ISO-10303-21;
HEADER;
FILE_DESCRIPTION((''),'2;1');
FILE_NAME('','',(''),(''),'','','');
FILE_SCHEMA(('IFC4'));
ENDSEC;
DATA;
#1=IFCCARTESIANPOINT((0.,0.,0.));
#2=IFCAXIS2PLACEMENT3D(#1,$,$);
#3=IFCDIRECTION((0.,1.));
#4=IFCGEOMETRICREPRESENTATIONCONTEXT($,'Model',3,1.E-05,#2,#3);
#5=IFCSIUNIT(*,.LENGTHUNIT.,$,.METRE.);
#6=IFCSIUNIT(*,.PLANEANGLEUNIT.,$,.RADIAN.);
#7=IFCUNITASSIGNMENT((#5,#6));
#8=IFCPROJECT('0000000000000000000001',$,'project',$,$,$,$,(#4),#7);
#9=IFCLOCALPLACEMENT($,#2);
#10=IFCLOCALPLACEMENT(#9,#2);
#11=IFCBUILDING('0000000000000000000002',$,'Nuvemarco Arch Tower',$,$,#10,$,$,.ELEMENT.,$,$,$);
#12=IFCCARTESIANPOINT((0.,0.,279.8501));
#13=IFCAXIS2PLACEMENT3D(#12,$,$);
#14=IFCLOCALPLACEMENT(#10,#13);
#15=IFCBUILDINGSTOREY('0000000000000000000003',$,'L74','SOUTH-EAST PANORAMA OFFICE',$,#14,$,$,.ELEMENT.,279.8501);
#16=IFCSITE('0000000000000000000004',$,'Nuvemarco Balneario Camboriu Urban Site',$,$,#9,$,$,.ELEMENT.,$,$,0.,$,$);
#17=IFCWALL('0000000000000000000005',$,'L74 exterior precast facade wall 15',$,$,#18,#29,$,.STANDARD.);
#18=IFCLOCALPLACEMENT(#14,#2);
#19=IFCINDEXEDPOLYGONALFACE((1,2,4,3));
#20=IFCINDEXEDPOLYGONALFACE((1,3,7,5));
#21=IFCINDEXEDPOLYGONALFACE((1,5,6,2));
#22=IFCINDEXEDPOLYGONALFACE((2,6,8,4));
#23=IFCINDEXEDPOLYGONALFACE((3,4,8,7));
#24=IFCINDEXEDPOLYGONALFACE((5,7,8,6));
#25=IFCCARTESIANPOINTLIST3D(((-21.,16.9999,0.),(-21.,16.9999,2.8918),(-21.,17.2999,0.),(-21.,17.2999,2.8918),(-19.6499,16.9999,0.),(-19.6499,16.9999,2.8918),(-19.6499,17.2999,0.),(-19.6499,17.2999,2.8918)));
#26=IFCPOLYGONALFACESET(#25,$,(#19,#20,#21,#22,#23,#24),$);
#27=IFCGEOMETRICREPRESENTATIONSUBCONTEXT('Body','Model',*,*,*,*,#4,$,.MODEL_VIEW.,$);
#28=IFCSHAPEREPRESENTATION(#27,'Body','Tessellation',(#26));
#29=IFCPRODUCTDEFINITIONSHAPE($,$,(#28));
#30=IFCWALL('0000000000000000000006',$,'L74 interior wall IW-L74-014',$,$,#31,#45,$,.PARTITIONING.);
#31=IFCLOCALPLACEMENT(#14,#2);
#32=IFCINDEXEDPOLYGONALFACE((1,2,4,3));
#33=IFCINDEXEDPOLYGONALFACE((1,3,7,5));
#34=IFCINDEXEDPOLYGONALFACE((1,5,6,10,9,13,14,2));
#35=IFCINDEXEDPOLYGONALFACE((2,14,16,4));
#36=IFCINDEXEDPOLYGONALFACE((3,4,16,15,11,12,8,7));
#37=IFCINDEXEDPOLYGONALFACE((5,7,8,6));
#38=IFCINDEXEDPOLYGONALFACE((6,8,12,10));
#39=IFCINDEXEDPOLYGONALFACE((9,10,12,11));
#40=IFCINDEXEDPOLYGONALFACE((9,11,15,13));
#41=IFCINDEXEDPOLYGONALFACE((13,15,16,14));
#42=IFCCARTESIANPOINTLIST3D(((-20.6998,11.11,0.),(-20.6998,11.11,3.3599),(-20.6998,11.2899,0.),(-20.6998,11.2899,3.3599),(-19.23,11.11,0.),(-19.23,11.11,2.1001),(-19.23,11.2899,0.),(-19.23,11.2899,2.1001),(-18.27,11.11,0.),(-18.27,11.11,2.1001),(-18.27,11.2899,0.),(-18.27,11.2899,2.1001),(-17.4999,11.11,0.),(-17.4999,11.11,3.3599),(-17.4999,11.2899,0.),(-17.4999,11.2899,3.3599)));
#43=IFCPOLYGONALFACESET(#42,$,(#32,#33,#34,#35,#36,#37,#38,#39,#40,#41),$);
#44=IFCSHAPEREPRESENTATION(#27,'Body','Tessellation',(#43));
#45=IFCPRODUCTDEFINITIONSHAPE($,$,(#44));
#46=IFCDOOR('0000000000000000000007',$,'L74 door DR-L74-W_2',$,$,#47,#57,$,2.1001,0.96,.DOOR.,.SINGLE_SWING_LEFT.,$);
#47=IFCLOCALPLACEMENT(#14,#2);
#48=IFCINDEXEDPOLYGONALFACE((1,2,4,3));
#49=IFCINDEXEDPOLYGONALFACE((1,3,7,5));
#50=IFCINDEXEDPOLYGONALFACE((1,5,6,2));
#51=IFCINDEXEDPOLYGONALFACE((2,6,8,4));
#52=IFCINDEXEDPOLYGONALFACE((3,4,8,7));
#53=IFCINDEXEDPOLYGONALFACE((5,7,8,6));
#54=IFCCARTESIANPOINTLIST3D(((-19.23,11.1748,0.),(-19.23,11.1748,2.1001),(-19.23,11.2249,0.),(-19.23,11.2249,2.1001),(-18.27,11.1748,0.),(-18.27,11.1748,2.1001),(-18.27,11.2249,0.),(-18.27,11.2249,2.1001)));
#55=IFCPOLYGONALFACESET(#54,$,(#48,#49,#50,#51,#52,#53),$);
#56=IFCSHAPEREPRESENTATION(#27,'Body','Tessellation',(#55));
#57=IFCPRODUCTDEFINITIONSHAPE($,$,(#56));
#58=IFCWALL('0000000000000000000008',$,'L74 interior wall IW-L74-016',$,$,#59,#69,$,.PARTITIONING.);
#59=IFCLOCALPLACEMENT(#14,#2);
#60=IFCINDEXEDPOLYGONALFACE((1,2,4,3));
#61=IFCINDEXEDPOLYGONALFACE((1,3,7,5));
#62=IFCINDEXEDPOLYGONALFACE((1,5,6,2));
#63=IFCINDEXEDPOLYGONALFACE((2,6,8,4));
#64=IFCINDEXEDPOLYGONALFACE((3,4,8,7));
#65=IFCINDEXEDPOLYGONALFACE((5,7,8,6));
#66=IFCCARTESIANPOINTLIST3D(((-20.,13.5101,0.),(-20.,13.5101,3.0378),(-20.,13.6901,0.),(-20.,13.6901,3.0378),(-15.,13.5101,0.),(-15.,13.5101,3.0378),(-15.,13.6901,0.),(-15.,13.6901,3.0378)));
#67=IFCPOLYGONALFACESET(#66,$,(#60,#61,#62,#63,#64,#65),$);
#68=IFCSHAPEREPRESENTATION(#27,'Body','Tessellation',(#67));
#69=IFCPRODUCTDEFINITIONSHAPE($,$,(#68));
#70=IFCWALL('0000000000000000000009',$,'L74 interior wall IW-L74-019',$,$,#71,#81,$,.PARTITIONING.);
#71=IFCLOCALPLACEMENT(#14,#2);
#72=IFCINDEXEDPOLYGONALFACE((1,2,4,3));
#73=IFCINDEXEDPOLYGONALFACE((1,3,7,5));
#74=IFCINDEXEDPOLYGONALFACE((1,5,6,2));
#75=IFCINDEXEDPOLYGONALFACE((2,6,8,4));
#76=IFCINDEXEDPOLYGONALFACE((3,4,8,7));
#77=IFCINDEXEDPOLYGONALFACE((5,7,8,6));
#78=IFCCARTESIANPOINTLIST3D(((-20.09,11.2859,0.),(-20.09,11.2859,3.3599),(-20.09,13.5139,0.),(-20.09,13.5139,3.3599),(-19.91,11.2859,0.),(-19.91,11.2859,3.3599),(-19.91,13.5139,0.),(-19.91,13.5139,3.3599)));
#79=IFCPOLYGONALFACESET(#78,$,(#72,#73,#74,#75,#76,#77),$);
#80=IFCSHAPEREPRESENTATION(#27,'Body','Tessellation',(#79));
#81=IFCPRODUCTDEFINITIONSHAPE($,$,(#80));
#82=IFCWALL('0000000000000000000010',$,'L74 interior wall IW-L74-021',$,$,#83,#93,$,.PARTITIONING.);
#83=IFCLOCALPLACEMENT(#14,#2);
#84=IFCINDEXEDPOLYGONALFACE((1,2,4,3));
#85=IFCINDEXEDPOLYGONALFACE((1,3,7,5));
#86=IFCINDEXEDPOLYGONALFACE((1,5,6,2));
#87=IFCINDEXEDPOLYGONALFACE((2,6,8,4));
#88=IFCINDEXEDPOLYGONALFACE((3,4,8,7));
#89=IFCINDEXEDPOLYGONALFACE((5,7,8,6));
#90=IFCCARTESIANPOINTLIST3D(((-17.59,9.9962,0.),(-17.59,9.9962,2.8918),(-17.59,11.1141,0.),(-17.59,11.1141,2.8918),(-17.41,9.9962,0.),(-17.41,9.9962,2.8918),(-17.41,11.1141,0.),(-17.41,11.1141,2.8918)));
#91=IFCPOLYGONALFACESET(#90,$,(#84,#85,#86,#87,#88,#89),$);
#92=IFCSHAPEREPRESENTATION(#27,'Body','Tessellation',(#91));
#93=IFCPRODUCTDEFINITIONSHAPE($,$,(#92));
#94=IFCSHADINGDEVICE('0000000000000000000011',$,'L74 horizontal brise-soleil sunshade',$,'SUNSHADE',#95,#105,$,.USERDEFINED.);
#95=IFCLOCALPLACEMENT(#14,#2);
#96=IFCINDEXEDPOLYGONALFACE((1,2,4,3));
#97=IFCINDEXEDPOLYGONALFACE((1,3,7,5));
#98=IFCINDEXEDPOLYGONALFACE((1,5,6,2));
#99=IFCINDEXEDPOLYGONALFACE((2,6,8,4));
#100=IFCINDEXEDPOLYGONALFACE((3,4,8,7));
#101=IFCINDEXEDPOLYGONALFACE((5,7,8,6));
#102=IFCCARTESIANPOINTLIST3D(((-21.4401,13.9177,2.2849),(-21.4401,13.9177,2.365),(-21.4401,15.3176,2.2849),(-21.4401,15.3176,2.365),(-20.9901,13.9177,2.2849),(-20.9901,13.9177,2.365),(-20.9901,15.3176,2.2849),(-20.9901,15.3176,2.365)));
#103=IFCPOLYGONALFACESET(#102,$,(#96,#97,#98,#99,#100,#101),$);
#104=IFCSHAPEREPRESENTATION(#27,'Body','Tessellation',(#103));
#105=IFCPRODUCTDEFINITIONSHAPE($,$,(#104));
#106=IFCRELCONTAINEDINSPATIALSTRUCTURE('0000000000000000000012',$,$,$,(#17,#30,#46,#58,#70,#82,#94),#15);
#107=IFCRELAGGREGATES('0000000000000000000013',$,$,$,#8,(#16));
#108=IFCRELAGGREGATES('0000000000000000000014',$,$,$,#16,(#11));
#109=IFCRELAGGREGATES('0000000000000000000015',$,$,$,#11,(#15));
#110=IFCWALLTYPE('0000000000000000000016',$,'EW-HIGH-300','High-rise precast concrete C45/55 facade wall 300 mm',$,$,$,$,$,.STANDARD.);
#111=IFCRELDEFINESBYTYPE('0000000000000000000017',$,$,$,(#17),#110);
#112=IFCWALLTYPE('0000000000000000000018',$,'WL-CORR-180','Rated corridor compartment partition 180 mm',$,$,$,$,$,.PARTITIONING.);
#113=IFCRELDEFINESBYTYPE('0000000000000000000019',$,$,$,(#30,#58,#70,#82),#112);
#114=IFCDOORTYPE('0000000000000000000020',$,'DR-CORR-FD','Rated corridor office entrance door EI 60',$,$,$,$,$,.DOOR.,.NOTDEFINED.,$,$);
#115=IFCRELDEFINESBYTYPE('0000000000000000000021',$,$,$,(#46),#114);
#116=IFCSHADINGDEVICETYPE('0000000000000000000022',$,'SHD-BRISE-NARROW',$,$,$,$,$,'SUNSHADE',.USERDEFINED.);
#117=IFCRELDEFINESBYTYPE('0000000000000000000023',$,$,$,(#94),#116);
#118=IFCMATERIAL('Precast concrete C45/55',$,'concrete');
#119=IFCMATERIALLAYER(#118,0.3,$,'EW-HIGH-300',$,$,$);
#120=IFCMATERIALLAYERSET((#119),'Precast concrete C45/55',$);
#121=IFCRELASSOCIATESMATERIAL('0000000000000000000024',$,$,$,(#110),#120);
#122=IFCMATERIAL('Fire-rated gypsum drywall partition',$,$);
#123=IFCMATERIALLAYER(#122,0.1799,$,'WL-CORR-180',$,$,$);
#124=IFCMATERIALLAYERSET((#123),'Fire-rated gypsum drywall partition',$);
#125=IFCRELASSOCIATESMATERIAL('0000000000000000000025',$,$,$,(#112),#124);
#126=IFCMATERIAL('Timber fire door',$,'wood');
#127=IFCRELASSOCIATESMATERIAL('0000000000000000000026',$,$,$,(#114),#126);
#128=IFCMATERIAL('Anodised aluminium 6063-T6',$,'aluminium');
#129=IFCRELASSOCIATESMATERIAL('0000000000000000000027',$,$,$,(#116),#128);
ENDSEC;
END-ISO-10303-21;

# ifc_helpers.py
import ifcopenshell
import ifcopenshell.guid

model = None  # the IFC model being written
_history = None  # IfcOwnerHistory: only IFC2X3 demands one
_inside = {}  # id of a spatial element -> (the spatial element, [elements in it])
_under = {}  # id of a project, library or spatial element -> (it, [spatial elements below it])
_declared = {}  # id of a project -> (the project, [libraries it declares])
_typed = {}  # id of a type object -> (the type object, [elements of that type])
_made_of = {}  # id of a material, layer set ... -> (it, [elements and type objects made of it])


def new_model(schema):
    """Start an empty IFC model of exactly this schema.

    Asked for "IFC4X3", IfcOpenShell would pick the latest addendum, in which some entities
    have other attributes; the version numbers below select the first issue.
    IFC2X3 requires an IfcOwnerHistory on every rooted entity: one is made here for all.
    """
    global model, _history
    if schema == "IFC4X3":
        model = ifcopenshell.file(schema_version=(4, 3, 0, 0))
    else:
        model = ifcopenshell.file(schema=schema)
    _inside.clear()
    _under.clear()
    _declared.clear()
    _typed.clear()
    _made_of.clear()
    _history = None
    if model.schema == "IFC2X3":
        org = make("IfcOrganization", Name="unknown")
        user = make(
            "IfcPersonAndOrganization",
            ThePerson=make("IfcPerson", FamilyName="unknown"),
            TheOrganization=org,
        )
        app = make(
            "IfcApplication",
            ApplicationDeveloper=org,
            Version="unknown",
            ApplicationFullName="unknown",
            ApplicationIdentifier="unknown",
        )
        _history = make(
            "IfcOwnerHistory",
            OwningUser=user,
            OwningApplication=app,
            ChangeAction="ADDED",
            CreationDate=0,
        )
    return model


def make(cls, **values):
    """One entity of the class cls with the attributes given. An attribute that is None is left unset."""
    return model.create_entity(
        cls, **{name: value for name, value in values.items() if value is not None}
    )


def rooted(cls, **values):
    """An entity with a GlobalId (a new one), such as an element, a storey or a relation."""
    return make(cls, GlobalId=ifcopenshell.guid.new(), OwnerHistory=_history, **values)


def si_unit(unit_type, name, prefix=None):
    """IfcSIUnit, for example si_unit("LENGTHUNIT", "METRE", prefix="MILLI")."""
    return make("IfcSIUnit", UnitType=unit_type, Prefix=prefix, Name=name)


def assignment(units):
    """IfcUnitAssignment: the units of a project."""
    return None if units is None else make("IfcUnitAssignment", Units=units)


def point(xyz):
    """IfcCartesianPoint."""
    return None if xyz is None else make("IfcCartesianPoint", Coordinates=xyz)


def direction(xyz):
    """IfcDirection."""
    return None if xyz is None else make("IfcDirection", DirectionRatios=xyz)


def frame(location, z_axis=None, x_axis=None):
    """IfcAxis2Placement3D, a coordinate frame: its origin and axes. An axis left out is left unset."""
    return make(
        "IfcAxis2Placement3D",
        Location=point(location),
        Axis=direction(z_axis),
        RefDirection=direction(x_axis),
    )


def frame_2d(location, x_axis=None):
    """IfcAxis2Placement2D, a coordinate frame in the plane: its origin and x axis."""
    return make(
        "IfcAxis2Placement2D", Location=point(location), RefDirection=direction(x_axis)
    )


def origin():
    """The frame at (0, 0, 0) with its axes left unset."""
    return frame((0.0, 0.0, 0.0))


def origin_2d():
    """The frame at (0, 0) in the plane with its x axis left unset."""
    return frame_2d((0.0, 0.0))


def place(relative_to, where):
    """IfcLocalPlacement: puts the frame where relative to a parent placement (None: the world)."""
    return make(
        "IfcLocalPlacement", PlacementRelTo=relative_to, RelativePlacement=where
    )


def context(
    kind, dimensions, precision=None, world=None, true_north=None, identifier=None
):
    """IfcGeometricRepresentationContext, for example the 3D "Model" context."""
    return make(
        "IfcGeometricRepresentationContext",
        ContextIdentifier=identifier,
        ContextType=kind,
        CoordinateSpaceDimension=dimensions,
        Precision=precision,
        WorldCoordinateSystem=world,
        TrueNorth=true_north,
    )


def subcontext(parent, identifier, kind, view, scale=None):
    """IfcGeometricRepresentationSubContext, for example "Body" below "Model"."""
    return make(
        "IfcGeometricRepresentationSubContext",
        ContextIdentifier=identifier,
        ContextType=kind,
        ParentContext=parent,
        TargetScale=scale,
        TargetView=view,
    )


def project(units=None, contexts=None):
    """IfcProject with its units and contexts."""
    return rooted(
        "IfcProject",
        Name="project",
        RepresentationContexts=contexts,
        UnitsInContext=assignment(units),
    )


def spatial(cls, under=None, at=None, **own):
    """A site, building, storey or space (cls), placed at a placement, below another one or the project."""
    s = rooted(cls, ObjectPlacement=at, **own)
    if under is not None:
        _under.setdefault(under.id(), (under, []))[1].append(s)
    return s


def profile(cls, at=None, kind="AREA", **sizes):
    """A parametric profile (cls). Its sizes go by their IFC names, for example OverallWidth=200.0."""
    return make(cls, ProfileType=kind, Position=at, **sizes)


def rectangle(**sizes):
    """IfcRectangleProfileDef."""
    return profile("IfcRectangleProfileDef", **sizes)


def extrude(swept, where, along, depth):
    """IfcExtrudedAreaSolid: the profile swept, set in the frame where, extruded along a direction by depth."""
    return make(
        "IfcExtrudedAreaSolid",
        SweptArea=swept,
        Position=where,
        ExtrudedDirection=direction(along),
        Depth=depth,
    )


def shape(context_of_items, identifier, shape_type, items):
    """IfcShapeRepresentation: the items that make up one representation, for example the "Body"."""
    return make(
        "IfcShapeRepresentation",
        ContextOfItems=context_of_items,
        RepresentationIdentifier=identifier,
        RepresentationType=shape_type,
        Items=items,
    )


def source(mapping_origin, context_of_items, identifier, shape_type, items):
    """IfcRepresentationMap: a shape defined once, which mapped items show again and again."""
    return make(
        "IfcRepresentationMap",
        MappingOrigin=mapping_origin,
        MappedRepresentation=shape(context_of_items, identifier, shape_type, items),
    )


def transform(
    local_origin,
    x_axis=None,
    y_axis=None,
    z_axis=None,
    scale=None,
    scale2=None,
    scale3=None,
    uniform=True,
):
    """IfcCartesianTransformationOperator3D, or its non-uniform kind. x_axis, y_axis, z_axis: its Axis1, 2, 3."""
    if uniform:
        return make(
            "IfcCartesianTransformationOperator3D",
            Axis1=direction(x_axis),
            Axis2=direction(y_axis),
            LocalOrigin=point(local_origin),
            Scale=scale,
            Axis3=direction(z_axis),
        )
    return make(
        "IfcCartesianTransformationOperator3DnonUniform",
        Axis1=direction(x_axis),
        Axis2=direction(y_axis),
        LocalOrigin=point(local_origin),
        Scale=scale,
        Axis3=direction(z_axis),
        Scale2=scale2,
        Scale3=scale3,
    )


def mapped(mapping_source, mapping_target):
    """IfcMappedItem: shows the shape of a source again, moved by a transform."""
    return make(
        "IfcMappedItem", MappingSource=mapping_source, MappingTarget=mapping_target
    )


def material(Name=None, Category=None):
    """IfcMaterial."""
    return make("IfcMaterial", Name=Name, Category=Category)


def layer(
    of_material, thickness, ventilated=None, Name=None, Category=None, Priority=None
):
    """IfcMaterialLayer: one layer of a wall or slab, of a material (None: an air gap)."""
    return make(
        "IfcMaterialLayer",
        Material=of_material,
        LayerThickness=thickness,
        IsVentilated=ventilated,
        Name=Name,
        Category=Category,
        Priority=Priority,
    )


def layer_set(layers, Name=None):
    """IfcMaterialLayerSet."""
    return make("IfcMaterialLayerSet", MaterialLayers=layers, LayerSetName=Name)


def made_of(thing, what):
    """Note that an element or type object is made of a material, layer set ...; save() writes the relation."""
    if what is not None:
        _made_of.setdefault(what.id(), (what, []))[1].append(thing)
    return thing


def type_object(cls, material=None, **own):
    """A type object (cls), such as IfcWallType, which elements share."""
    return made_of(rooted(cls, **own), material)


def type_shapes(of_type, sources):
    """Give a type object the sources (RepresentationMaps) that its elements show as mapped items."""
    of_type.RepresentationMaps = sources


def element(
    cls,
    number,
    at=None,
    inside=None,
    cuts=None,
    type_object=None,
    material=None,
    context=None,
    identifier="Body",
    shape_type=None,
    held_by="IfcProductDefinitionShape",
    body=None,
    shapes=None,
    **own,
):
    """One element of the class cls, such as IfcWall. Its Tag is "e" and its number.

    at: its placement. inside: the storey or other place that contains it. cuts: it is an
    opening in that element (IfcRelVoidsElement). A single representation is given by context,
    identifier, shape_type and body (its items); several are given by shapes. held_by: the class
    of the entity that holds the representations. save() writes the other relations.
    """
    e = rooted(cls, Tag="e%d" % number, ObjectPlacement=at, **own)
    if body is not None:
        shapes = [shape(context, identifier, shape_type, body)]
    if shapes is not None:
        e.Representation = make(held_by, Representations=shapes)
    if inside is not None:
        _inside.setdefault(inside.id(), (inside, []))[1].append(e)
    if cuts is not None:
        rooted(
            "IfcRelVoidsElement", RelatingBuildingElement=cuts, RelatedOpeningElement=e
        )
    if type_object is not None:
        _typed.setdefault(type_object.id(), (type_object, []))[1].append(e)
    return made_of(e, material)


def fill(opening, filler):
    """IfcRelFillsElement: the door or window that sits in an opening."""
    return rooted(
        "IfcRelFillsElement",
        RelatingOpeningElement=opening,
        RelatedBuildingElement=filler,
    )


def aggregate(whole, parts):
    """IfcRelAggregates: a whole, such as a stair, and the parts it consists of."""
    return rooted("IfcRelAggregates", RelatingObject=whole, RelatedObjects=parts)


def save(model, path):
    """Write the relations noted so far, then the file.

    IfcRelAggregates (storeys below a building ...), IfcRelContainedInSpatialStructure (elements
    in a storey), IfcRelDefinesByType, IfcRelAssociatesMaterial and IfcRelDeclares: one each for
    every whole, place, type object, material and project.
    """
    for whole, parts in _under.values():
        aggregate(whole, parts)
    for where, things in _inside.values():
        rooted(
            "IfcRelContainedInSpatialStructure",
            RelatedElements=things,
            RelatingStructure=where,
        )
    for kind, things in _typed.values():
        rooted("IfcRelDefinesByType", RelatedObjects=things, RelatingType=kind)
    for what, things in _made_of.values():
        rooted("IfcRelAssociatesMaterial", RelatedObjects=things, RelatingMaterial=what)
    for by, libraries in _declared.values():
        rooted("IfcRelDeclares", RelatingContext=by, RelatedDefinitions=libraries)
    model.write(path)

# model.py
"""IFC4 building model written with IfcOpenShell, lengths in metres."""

from ifc_helpers import new_model, si_unit, direction, frame, frame_2d, origin, origin_2d, place, context, subcontext, project, spatial, rectangle, extrude, source, transform, mapped, material, layer, layer_set, type_object, type_shapes, element, fill, save


model = new_model("IFC4")

# Units and contexts
model_context = context("Model", 3, precision=1e-05, world=origin(), true_north=direction((0.0, 1.0)))
body_context = subcontext(model_context, "Body", "Model", "MODEL_VIEW")
ifc_project = project(units=[si_unit("LENGTHUNIT", "METRE"), si_unit("PLANEANGLEUNIT", "RADIAN")], contexts=[model_context])

# Site, building, storey
site_placement = place(None, origin())
site = spatial("IfcSite", under=ifc_project, at=site_placement, Name="Nuvemarco Balneario Camboriu Urban Site", CompositionType="ELEMENT", RefElevation=0.0)
building_placement = place(site_placement, origin())
building = spatial("IfcBuilding", under=site, at=building_placement, Name="Nuvemarco Arch Tower", CompositionType="ELEMENT")
storey_placement = place(building_placement, frame((0.0, 0.0, 279.8501)))
storey = spatial("IfcBuildingStorey", under=building, at=storey_placement, Name="L74", Description="SOUTH-EAST PANORAMA OFFICE", CompositionType="ELEMENT", Elevation=279.8501)

# Shared definitions
ifc_material_1 = material(Name="Precast concrete C45/55", Category="concrete")
ifc_layer_1 = layer(ifc_material_1, 0.3, Name="EW-HIGH-300")
ifc_layer_set_1 = layer_set([ifc_layer_1], Name="Precast concrete C45/55")
wall_type_1 = type_object("IfcWallType", Name="EW-HIGH-300", Description="High-rise precast concrete C45/55 facade wall 300 mm", PredefinedType="STANDARD", material=ifc_layer_set_1)

# Wall
wall_1_placement = place(storey_placement, frame((-21.0, 17.1499, 0.0), z_axis=(0.0, 0.0, 1.0), x_axis=(1.0, 0.0, 0.0)))
element("IfcWall", 1, at=wall_1_placement, inside=storey, type_object=wall_type_1, Name="L74 exterior precast facade wall 15", PredefinedType="STANDARD", context=body_context, shape_type="SweptSolid", body=[
    extrude(rectangle(XDim=1.3501, YDim=0.3, at=frame_2d((0.675, 0.0))), origin(), (0.0, 0.0, 1.0), 2.8918),
])

# Wall, opening, door
ifc_material_2 = material(Name="Fire-rated gypsum drywall partition")
ifc_layer_2 = layer(ifc_material_2, 0.1799, Name="WL-CORR-180")
ifc_layer_set_2 = layer_set([ifc_layer_2], Name="Fire-rated gypsum drywall partition")
wall_type_2 = type_object("IfcWallType", Name="WL-CORR-180", Description="Rated corridor compartment partition 180 mm", PredefinedType="PARTITIONING", material=ifc_layer_set_2)
wall_2_placement = place(storey_placement, frame((-20.7, 11.2, 0.0), z_axis=(0.0, 0.0, 1.0), x_axis=(1.0, 0.0, 0.0)))
wall_2 = element("IfcWall", 2, at=wall_2_placement, inside=storey, type_object=wall_type_2, Name="L74 interior wall IW-L74-014", PredefinedType="PARTITIONING", context=body_context, shape_type="SweptSolid", body=[
    extrude(rectangle(XDim=3.2, YDim=0.1799, at=frame_2d((1.6001, 0.0))), origin(), (0.0, 0.0, 1.0), 3.3599),
])
opening_1_placement = place(wall_2_placement, frame((1.47, 0.0, 0.0)))
opening_1 = element("IfcOpeningElement", 3, at=opening_1_placement, cuts=wall_2, PredefinedType="OPENING", context=body_context, shape_type="SweptSolid", body=[
    extrude(rectangle(XDim=0.96, YDim=2.1001, at=frame_2d((0.48, 1.05))), frame((0.0, 0.0999, 0.0), z_axis=(0.0, -1.0, 0.0), x_axis=(1.0, 0.0, 0.0)), (0.0, 0.0, 1.0), 0.2),
])
ifc_material_3 = material(Name="Timber fire door", Category="wood")
door_type_1 = type_object("IfcDoorType", Name="DR-CORR-FD", Description="Rated corridor office entrance door EI 60", OperationType="NOTDEFINED", PredefinedType="DOOR", material=ifc_material_3)
shared_shape_1 = source(origin(), body_context, "Body", "SweptSolid", [
    extrude(rectangle(XDim=0.96, YDim=2.1001, at=frame_2d((0.48, 1.05))), frame((0.0, 0.0249, 0.0), z_axis=(0.0, -1.0, 0.0), x_axis=(1.0, 0.0, 0.0)), (0.0, 0.0, 1.0), 0.05),
])
type_shapes(door_type_1, [shared_shape_1])
door_1_placement = place(opening_1_placement, origin())
door_1 = element("IfcDoor", 4, at=door_1_placement, inside=storey, type_object=door_type_1, Name="L74 door DR-L74-W_2", OperationType="SINGLE_SWING_LEFT", OverallHeight=2.1001, OverallWidth=0.96, PredefinedType="DOOR", context=body_context, shape_type="MappedRepresentation", body=[
    mapped(shared_shape_1, transform((0.0, 0.0, 0.0), scale=1.0)),
])
fill(opening_1, door_1)

# Walls
wall_3_placement = place(storey_placement, frame((-20.0, 13.6001, 0.0), z_axis=(0.0, 0.0, 1.0), x_axis=(1.0, 0.0, 0.0)))
element("IfcWall", 5, at=wall_3_placement, inside=storey, type_object=wall_type_2, Name="L74 interior wall IW-L74-016", PredefinedType="PARTITIONING", context=body_context, shape_type="SweptSolid", body=[
    extrude(rectangle(XDim=5.0, YDim=0.1799, at=frame_2d((2.5, 0.0))), origin(), (0.0, 0.0, 1.0), 3.0378),
])
wall_4_placement = place(storey_placement, frame((-20.0, 11.2859, 0.0), z_axis=(0.0, 0.0, 1.0), x_axis=(0.0, 1.0, 0.0)))
element("IfcWall", 6, at=wall_4_placement, inside=storey, type_object=wall_type_2, Name="L74 interior wall IW-L74-019", PredefinedType="PARTITIONING", context=body_context, shape_type="SweptSolid", body=[
    extrude(rectangle(XDim=2.228, YDim=0.1799, at=frame_2d((1.114, 0.0))), origin(), (0.0, 0.0, 1.0), 3.3599),
])
wall_5_placement = place(storey_placement, frame((-17.5, 9.9961, 0.0), z_axis=(0.0, 0.0, 1.0), x_axis=(0.0, 1.0, 0.0)))
element("IfcWall", 7, at=wall_5_placement, inside=storey, type_object=wall_type_2, Name="L74 interior wall IW-L74-021", PredefinedType="PARTITIONING", context=body_context, shape_type="SweptSolid", body=[
    extrude(rectangle(XDim=1.1179, YDim=0.1799, at=frame_2d((0.5591, 0.0))), origin(), (0.0, 0.0, 1.0), 2.8918),
])

# Shading device
ifc_material_4 = material(Name="Anodised aluminium 6063-T6", Category="aluminium")
shading_device_type = type_object("IfcShadingDeviceType", Name="SHD-BRISE-NARROW", ElementType="SUNSHADE", PredefinedType="USERDEFINED", material=ifc_material_4)
shared_shape_2 = source(origin(), body_context, "Body", "SweptSolid", [
    extrude(rectangle(XDim=1.3999, YDim=0.45, at=origin_2d()), origin(), (0.0, 0.0, 1.0), 0.0801),
])
type_shapes(shading_device_type, [shared_shape_2])
shading_device_placement = place(storey_placement, frame((-21.2151, 14.6177, 2.2849), z_axis=(0.0, 0.0, 1.0), x_axis=(0.0, 1.0, 0.0)))
element("IfcShadingDevice", 8, at=shading_device_placement, inside=storey, type_object=shading_device_type, Name="L74 horizontal brise-soleil sunshade", ObjectType="SUNSHADE", PredefinedType="USERDEFINED", context=body_context, shape_type="MappedRepresentation", body=[
    mapped(shared_shape_2, transform((0.0, 0.0, 0.0), scale=1.0)),
])

save(model, "model.ifc")
